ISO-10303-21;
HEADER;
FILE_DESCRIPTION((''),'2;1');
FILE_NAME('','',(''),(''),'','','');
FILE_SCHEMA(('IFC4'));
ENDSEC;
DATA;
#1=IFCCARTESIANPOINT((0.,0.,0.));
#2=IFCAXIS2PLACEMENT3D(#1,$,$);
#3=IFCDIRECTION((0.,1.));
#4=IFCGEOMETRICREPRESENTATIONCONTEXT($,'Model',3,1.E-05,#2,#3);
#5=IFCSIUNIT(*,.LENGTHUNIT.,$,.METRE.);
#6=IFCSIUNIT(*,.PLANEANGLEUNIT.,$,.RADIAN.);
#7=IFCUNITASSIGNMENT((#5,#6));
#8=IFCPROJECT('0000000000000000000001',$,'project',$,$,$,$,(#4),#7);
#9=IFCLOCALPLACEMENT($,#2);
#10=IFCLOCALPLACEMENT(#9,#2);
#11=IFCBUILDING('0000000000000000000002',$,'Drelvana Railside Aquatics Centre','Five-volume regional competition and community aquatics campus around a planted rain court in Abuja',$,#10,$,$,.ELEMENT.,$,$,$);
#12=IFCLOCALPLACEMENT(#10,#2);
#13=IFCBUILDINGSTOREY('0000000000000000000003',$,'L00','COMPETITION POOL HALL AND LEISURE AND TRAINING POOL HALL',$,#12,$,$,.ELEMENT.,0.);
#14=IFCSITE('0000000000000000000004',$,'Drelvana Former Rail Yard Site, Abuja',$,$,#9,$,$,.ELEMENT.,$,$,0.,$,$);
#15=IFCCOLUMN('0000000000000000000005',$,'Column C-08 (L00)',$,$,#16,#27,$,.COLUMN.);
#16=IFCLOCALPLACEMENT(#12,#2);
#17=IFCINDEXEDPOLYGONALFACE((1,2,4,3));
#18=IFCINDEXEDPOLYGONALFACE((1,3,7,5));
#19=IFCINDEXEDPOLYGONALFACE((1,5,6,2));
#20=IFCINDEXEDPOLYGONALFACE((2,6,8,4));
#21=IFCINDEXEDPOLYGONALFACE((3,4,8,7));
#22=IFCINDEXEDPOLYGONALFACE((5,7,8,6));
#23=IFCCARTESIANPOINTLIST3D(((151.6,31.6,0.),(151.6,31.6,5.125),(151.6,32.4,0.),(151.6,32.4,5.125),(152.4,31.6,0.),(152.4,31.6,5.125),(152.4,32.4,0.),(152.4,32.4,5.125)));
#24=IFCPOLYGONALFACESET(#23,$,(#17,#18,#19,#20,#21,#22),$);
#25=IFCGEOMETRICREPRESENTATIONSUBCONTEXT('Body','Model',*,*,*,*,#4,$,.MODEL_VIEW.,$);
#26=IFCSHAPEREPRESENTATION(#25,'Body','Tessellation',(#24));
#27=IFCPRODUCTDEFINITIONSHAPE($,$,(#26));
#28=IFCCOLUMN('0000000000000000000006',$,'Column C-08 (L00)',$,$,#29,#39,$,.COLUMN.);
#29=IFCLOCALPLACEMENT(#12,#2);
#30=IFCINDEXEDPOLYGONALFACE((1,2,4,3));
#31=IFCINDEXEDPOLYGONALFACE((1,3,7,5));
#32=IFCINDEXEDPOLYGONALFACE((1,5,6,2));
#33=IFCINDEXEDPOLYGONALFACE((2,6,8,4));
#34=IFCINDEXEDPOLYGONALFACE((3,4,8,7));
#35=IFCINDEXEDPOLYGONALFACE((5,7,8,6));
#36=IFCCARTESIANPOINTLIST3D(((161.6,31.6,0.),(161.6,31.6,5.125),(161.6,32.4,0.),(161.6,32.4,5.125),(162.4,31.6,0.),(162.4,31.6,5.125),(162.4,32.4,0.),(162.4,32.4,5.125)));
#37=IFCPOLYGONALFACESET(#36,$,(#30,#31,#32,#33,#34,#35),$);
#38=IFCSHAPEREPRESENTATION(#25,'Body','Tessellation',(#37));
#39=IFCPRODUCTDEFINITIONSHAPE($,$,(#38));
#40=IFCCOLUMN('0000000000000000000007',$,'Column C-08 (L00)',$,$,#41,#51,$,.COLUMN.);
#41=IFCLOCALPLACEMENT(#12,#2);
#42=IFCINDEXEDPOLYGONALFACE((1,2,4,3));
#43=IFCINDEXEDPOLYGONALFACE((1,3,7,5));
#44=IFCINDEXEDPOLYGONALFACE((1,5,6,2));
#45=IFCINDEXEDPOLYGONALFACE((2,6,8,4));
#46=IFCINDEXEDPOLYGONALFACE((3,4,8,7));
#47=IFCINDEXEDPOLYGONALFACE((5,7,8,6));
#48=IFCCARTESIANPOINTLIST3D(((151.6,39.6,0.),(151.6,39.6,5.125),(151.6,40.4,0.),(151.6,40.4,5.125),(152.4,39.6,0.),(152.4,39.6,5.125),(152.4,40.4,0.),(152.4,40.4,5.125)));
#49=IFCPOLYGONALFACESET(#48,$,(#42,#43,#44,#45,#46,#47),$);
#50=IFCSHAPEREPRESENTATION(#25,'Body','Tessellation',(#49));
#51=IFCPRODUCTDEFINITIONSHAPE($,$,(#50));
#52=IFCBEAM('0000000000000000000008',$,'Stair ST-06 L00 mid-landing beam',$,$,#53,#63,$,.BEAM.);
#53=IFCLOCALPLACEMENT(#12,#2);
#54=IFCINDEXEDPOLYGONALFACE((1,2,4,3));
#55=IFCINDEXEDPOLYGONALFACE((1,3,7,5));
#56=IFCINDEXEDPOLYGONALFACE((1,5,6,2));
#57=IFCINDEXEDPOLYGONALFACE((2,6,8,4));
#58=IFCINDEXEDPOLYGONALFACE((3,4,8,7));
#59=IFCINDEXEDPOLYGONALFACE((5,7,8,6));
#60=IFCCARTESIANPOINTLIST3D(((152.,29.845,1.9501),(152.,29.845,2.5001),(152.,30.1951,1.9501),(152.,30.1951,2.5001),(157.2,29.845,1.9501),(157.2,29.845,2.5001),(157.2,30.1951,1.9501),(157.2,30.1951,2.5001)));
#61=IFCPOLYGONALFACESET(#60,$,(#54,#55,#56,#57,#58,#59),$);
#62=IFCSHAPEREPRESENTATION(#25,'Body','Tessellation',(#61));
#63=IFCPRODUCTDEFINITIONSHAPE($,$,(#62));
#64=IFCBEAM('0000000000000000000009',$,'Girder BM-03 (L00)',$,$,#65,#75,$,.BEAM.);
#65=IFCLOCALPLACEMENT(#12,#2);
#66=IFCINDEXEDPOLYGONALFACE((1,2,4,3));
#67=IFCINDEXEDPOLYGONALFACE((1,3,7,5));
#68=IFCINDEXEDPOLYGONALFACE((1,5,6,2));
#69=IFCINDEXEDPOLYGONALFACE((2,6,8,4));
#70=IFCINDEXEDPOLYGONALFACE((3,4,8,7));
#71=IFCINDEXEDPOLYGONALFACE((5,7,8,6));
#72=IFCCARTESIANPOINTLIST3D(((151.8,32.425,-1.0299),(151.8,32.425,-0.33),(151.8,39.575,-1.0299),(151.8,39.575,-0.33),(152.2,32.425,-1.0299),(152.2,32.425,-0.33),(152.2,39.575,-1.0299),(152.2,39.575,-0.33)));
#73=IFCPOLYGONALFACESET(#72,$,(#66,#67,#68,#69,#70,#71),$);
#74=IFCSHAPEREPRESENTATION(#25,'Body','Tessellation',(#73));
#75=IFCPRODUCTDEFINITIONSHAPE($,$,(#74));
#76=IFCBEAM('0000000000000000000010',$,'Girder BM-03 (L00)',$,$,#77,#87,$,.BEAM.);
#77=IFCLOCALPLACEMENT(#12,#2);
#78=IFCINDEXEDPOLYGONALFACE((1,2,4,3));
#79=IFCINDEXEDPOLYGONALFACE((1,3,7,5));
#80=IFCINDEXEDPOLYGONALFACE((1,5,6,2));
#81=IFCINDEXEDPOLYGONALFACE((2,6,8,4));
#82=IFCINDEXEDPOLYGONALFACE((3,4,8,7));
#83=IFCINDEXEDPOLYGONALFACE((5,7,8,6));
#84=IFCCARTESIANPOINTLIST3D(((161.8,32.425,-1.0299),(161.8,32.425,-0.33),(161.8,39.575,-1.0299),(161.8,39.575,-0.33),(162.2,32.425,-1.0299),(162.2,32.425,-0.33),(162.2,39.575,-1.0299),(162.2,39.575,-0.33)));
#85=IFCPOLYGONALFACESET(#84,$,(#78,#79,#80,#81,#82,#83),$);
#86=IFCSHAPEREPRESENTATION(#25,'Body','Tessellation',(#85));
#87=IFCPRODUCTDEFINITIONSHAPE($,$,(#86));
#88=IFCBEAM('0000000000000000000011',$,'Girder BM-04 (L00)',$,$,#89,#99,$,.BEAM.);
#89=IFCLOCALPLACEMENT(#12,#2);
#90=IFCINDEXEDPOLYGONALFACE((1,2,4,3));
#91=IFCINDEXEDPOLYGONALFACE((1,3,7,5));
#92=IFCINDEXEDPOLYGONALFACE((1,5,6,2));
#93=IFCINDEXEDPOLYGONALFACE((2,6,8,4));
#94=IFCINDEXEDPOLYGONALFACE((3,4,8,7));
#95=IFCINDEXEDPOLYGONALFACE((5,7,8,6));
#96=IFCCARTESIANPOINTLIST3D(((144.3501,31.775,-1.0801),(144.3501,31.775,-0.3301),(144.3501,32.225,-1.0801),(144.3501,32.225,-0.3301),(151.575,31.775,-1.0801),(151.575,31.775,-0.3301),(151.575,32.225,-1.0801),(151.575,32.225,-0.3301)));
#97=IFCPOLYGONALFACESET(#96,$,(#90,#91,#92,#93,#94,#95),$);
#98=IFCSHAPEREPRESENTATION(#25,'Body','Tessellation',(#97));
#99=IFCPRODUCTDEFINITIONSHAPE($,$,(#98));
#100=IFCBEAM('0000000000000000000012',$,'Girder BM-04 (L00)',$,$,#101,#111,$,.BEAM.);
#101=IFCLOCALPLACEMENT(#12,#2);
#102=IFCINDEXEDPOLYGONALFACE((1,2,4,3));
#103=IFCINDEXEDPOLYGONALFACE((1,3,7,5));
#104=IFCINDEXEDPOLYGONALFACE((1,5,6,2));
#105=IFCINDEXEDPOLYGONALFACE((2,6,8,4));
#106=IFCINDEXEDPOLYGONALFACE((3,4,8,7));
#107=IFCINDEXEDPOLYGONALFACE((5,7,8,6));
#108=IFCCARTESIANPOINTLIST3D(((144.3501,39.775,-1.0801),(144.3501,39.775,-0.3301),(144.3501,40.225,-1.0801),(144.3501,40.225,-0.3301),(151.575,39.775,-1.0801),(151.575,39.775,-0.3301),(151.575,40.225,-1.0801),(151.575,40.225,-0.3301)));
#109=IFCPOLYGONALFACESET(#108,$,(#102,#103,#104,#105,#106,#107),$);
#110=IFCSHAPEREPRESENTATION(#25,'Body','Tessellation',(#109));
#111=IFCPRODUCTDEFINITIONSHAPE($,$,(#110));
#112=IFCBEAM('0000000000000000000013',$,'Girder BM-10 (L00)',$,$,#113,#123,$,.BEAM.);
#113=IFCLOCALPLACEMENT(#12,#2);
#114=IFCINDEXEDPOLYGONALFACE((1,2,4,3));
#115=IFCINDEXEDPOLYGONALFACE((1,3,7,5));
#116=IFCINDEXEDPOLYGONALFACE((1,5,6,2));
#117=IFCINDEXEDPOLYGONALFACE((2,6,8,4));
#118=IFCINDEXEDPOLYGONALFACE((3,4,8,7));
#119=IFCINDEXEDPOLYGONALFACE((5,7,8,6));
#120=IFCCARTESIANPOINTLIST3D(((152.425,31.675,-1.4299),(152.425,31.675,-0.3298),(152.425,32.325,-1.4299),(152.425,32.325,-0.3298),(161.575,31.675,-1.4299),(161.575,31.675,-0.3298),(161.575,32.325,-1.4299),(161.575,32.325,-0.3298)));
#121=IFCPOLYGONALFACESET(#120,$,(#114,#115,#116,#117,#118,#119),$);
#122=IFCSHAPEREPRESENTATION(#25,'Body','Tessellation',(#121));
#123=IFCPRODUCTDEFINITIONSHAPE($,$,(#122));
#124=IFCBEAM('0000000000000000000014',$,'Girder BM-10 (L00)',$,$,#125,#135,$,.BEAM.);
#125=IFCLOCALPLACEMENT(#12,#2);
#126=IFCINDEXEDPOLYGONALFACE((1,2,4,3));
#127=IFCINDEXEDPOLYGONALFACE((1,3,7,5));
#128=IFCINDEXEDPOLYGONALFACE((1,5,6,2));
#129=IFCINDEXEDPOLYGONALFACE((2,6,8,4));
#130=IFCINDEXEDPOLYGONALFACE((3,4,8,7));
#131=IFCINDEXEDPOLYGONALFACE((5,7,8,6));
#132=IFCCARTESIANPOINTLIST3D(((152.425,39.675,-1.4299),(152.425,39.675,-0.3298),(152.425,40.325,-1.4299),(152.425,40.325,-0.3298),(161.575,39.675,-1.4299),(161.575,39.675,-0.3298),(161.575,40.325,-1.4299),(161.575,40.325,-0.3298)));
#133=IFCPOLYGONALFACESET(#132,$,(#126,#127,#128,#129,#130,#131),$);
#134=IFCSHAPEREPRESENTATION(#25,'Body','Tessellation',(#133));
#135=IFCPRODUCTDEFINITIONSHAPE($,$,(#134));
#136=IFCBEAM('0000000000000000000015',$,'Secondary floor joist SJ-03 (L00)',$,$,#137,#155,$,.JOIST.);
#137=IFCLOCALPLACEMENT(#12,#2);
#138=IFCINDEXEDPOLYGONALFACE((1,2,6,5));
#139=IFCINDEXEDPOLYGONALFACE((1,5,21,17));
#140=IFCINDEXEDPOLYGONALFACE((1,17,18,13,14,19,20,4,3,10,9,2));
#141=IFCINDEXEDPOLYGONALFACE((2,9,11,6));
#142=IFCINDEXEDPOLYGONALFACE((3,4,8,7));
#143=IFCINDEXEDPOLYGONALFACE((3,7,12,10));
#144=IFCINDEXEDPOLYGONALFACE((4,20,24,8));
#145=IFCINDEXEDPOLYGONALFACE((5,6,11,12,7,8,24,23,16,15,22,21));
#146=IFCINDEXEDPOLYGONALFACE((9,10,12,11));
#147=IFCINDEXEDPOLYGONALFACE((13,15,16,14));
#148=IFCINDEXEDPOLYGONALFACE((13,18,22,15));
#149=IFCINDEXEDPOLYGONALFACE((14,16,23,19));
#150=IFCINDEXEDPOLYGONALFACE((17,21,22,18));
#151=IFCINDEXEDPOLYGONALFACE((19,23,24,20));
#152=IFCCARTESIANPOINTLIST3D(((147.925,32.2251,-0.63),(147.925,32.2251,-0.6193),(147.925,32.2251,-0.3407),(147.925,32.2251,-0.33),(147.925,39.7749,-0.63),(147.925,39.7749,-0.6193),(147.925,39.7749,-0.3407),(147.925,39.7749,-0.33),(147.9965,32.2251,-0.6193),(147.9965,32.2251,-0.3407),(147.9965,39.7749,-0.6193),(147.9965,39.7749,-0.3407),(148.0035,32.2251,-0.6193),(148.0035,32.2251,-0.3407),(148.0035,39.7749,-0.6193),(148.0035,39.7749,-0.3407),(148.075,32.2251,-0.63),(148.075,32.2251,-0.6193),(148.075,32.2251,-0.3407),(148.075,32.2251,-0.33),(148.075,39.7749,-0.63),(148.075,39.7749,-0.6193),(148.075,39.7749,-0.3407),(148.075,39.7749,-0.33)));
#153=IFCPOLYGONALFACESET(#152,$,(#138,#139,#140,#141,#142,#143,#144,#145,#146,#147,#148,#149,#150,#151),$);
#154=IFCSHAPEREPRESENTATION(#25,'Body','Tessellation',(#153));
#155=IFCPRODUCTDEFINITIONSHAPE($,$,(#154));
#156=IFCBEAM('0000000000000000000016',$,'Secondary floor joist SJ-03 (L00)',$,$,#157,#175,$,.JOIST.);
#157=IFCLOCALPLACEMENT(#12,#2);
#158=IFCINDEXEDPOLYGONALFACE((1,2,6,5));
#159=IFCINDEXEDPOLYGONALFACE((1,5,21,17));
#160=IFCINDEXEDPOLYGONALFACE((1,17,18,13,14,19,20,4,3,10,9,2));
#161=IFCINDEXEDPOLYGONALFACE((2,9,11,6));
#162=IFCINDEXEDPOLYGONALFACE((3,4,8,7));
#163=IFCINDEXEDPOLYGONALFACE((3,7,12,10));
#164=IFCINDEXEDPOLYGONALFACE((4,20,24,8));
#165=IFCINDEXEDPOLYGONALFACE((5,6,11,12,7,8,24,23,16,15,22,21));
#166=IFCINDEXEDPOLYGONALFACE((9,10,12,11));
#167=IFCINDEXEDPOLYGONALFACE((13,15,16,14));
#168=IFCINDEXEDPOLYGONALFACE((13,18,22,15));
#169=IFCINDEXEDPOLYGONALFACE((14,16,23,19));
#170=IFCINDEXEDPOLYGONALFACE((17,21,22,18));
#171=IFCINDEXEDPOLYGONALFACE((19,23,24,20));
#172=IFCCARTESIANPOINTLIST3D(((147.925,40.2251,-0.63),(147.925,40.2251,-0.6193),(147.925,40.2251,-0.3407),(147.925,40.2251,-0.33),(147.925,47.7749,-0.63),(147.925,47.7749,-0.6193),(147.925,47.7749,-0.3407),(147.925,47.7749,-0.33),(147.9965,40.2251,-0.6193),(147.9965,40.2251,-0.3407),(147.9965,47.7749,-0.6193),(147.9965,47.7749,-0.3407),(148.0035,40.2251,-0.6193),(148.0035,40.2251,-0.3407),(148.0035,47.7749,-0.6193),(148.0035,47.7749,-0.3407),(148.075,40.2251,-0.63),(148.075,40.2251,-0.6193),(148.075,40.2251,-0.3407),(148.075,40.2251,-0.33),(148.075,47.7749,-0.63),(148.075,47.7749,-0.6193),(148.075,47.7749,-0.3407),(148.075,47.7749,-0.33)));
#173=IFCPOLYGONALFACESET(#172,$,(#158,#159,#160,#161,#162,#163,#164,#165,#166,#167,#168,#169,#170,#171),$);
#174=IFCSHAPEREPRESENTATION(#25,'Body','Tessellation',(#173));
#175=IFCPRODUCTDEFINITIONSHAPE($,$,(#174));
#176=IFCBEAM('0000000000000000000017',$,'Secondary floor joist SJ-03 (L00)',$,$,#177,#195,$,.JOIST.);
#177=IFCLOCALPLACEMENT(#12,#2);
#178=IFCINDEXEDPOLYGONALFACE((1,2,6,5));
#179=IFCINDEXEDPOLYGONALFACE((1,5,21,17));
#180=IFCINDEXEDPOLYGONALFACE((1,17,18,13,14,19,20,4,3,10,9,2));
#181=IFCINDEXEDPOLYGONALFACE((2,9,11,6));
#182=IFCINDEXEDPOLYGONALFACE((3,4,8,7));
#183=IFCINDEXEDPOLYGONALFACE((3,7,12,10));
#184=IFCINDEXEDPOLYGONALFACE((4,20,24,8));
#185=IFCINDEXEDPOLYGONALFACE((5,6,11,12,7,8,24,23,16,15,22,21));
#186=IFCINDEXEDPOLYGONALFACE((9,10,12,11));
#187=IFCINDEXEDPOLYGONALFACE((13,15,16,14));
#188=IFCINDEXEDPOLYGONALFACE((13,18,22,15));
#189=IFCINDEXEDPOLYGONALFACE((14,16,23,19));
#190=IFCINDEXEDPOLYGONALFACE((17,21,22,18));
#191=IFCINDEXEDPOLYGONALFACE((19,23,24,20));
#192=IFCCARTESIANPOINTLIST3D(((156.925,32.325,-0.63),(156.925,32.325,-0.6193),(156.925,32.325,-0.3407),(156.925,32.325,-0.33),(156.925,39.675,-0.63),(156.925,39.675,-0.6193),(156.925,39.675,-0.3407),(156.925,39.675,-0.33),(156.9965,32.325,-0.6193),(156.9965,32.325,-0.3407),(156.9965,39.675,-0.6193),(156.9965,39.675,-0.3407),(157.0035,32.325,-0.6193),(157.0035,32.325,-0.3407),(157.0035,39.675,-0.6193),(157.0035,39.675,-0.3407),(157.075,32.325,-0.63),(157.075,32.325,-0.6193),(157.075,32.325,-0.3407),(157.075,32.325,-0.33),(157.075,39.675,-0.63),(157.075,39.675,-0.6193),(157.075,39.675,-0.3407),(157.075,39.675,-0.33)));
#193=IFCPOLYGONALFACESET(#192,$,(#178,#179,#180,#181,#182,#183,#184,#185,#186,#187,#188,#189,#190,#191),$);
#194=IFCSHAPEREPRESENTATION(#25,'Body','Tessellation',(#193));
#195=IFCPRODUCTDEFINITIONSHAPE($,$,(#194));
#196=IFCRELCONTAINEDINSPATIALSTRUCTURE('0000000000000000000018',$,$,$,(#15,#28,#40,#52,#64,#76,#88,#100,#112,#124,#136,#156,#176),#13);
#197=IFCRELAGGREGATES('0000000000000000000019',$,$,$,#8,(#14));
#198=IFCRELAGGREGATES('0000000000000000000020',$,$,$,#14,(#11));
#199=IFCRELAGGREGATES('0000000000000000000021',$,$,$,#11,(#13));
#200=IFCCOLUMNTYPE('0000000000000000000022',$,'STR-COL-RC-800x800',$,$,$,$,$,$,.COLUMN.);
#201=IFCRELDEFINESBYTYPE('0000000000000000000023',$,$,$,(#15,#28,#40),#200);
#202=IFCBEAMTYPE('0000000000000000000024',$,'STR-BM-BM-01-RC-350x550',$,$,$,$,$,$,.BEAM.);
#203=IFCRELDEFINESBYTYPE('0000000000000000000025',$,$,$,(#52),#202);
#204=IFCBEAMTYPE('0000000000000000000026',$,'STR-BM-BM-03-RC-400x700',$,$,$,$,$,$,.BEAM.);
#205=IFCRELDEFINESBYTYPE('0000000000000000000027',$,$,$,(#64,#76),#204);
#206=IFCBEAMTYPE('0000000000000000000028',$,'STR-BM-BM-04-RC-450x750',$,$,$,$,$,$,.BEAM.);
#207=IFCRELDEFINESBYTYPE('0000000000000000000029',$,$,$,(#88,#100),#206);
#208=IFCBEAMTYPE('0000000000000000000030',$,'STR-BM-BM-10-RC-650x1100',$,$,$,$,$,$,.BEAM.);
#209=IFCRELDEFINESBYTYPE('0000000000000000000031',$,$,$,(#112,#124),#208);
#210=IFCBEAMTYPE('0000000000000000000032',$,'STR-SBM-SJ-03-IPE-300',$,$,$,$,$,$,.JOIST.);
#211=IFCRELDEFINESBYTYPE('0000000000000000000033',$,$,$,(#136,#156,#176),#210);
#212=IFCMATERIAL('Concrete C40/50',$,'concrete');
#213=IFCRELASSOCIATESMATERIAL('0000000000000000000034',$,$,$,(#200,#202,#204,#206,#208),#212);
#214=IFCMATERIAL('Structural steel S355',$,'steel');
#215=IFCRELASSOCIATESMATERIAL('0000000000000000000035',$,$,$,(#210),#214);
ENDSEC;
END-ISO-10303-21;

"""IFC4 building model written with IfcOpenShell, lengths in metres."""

from ifc_helpers import new_model, si_unit, direction, frame, origin, origin_2d, place, context, subcontext, project, spatial, rectangle, i_section, extrude, material, material_profile, profile_set, type_object, element, save


model = new_model("IFC4")

# Units and contexts
model_context = context("Model", 3, precision=1e-05, world=origin(), true_north=direction((0.0, 1.0)))
body_context = subcontext(model_context, "Body", "Model", "MODEL_VIEW")
ifc_project = project(units=[si_unit("LENGTHUNIT", "METRE"), si_unit("PLANEANGLEUNIT", "RADIAN")], contexts=[model_context])

# Site, building, storey
site_placement = place(None, origin())
site = spatial("IfcSite", under=ifc_project, at=site_placement, Name="Drelvana Former Rail Yard Site, Abuja", CompositionType="ELEMENT", RefElevation=0.0)
building_placement = place(site_placement, origin())
building = spatial("IfcBuilding", under=site, at=building_placement, Name="Drelvana Railside Aquatics Centre", Description="Five-volume regional competition and community aquatics campus around a planted rain court in Abuja", CompositionType="ELEMENT")
storey_placement = place(building_placement, origin())
storey = spatial("IfcBuildingStorey", under=building, at=storey_placement, Name="L00", Description="COMPETITION POOL HALL AND LEISURE AND TRAINING POOL HALL", CompositionType="ELEMENT", Elevation=0.0)

# Columns
ifc_material_1 = material(Name="Concrete C40/50", Category="concrete")
ifc_material_profile_1 = material_profile(ifc_material_1, rectangle(XDim=0.8, YDim=0.8, at=origin_2d()), Name="RC 800x800")
ifc_profile_set_1 = profile_set([ifc_material_profile_1], Name="Concrete C40/50")
column_type = type_object("IfcColumnType", Name="STR-COL-RC-800x800", PredefinedType="COLUMN", material=ifc_profile_set_1)
for number, where, z_axis, x_axis, name in (
    (1, (152.0, 32.0, 0.0), (0.0, 0.0, 1.0), (1.0, 0.0, 0.0), "Column C-08 (L00)"),
    (2, (162.0, 32.0, 0.0), (0.0, 0.0, 1.0), (1.0, 0.0, 0.0), "Column C-08 (L00)"),
    (3, (152.0, 40.0, 0.0), (0.0, 0.0, 1.0), (1.0, 0.0, 0.0), "Column C-08 (L00)"),
):
    element("IfcColumn", number, at=place(storey_placement, frame(where, z_axis=z_axis, x_axis=x_axis)), inside=storey, type_object=column_type, Name=name, PredefinedType="COLUMN", context=body_context, shape_type="SweptSolid", body=[
        extrude(rectangle(XDim=0.8, YDim=0.8, at=origin_2d()), origin(), (0.0, 0.0, 1.0), 5.125),
    ])

# Beams
ifc_material_profile_2 = material_profile(ifc_material_1, rectangle(XDim=0.3501, YDim=0.55, at=origin_2d()), Name="RC 350x550")
ifc_profile_set_2 = profile_set([ifc_material_profile_2], Name="Concrete C40/50")
beam_type_1 = type_object("IfcBeamType", Name="STR-BM-BM-01-RC-350x550", PredefinedType="BEAM", material=ifc_profile_set_2)
beam_placement = place(storey_placement, frame((152.0, 30.02, 2.2251), z_axis=(1.0, 0.0, 0.0), x_axis=(0.0, 1.0, 0.0)))
element("IfcBeam", 4, at=beam_placement, inside=storey, type_object=beam_type_1, Name="Stair ST-06 L00 mid-landing beam", PredefinedType="BEAM", context=body_context, shape_type="SweptSolid", body=[
    extrude(rectangle(XDim=0.3501, YDim=0.55, at=origin_2d()), origin(), (0.0, 0.0, 1.0), 5.2),
])
ifc_material_profile_3 = material_profile(ifc_material_1, rectangle(XDim=0.3999, YDim=0.7, at=origin_2d()), Name="RC 400x700")
ifc_profile_set_3 = profile_set([ifc_material_profile_3], Name="Concrete C40/50")
beam_type_2 = type_object("IfcBeamType", Name="STR-BM-BM-03-RC-400x700", PredefinedType="BEAM", material=ifc_profile_set_3)
for number, where, z_axis, x_axis, name in (
    (5, (152.0, 32.425, -0.6799), (0.0, 1.0, 0.0), (-1.0, 0.0, 0.0), "Girder BM-03 (L00)"),
    (6, (162.0, 32.425, -0.6799), (0.0, 1.0, 0.0), (-1.0, 0.0, 0.0), "Girder BM-03 (L00)"),
):
    element("IfcBeam", number, at=place(storey_placement, frame(where, z_axis=z_axis, x_axis=x_axis)), inside=storey, type_object=beam_type_2, Name=name, PredefinedType="BEAM", context=body_context, shape_type="SweptSolid", body=[
        extrude(rectangle(XDim=0.3999, YDim=0.7, at=origin_2d()), origin(), (0.0, 0.0, 1.0), 7.1499),
    ])
ifc_material_profile_4 = material_profile(ifc_material_1, rectangle(XDim=0.45, YDim=0.75, at=origin_2d()), Name="RC 450x750")
ifc_profile_set_4 = profile_set([ifc_material_profile_4], Name="Concrete C40/50")
beam_type_3 = type_object("IfcBeamType", Name="STR-BM-BM-04-RC-450x750", PredefinedType="BEAM", material=ifc_profile_set_4)
for number, where, z_axis, x_axis, name in (
    (7, (144.3501, 32.0, -0.7051), (1.0, 0.0, 0.0), (0.0, 1.0, 0.0), "Girder BM-04 (L00)"),
    (8, (144.3501, 40.0, -0.7051), (1.0, 0.0, 0.0), (0.0, 1.0, 0.0), "Girder BM-04 (L00)"),
):
    element("IfcBeam", number, at=place(storey_placement, frame(where, z_axis=z_axis, x_axis=x_axis)), inside=storey, type_object=beam_type_3, Name=name, PredefinedType="BEAM", context=body_context, shape_type="SweptSolid", body=[
        extrude(rectangle(XDim=0.45, YDim=0.75, at=origin_2d()), origin(), (0.0, 0.0, 1.0), 7.2249),
    ])
ifc_material_profile_5 = material_profile(ifc_material_1, rectangle(XDim=0.6499, YDim=1.1001, at=origin_2d()), Name="RC 650x1100")
ifc_profile_set_5 = profile_set([ifc_material_profile_5], Name="Concrete C40/50")
beam_type_4 = type_object("IfcBeamType", Name="STR-BM-BM-10-RC-650x1100", PredefinedType="BEAM", material=ifc_profile_set_5)
for number, where, z_axis, x_axis, name in (
    (9, (152.425, 32.0, -0.8799), (1.0, 0.0, 0.0), (0.0, 1.0, 0.0), "Girder BM-10 (L00)"),
    (10, (152.425, 40.0, -0.8799), (1.0, 0.0, 0.0), (0.0, 1.0, 0.0), "Girder BM-10 (L00)"),
):
    element("IfcBeam", number, at=place(storey_placement, frame(where, z_axis=z_axis, x_axis=x_axis)), inside=storey, type_object=beam_type_4, Name=name, PredefinedType="BEAM", context=body_context, shape_type="SweptSolid", body=[
        extrude(rectangle(XDim=0.6499, YDim=1.1001, at=origin_2d()), origin(), (0.0, 0.0, 1.0), 9.1499),
    ])
ifc_material_2 = material(Name="Structural steel S355", Category="steel")
ifc_material_profile_6 = material_profile(ifc_material_2, i_section(OverallWidth=0.1499, OverallDepth=0.3, WebThickness=0.0071, FlangeThickness=0.0107, at=origin_2d()), Name="IPE 300")
ifc_profile_set_6 = profile_set([ifc_material_profile_6], Name="Structural steel S355")
beam_type_5 = type_object("IfcBeamType", Name="STR-SBM-SJ-03-IPE-300", PredefinedType="JOIST", material=ifc_profile_set_6)
for number, where, z_axis, x_axis, name in (
    (11, (148.0, 32.2251, -0.48), (0.0, 1.0, 0.0), (-1.0, 0.0, 0.0), "Secondary floor joist SJ-03 (L00)"),
    (12, (148.0, 40.2251, -0.48), (0.0, 1.0, 0.0), (-1.0, 0.0, 0.0), "Secondary floor joist SJ-03 (L00)"),
):
    element("IfcBeam", number, at=place(storey_placement, frame(where, z_axis=z_axis, x_axis=x_axis)), inside=storey, type_object=beam_type_5, Name=name, PredefinedType="JOIST", context=body_context, shape_type="SweptSolid", body=[
        extrude(i_section(OverallWidth=0.1499, OverallDepth=0.3, WebThickness=0.0071, FlangeThickness=0.0107, at=origin_2d()), origin(), (0.0, 0.0, 1.0), 7.5498),
    ])
for number, where, z_axis, x_axis, name in (
    (13, (157.0, 32.325, -0.48), (0.0, 1.0, 0.0), (-1.0, 0.0, 0.0), "Secondary floor joist SJ-03 (L00)"),
):
    element("IfcBeam", number, at=place(storey_placement, frame(where, z_axis=z_axis, x_axis=x_axis)), inside=storey, type_object=beam_type_5, Name=name, PredefinedType="JOIST", context=body_context, shape_type="SweptSolid", body=[
        extrude(i_section(OverallWidth=0.1499, OverallDepth=0.3, WebThickness=0.0071, FlangeThickness=0.0107, at=origin_2d()), origin(), (0.0, 0.0, 1.0), 7.3501),
    ])

save(model, "model.ifc")
